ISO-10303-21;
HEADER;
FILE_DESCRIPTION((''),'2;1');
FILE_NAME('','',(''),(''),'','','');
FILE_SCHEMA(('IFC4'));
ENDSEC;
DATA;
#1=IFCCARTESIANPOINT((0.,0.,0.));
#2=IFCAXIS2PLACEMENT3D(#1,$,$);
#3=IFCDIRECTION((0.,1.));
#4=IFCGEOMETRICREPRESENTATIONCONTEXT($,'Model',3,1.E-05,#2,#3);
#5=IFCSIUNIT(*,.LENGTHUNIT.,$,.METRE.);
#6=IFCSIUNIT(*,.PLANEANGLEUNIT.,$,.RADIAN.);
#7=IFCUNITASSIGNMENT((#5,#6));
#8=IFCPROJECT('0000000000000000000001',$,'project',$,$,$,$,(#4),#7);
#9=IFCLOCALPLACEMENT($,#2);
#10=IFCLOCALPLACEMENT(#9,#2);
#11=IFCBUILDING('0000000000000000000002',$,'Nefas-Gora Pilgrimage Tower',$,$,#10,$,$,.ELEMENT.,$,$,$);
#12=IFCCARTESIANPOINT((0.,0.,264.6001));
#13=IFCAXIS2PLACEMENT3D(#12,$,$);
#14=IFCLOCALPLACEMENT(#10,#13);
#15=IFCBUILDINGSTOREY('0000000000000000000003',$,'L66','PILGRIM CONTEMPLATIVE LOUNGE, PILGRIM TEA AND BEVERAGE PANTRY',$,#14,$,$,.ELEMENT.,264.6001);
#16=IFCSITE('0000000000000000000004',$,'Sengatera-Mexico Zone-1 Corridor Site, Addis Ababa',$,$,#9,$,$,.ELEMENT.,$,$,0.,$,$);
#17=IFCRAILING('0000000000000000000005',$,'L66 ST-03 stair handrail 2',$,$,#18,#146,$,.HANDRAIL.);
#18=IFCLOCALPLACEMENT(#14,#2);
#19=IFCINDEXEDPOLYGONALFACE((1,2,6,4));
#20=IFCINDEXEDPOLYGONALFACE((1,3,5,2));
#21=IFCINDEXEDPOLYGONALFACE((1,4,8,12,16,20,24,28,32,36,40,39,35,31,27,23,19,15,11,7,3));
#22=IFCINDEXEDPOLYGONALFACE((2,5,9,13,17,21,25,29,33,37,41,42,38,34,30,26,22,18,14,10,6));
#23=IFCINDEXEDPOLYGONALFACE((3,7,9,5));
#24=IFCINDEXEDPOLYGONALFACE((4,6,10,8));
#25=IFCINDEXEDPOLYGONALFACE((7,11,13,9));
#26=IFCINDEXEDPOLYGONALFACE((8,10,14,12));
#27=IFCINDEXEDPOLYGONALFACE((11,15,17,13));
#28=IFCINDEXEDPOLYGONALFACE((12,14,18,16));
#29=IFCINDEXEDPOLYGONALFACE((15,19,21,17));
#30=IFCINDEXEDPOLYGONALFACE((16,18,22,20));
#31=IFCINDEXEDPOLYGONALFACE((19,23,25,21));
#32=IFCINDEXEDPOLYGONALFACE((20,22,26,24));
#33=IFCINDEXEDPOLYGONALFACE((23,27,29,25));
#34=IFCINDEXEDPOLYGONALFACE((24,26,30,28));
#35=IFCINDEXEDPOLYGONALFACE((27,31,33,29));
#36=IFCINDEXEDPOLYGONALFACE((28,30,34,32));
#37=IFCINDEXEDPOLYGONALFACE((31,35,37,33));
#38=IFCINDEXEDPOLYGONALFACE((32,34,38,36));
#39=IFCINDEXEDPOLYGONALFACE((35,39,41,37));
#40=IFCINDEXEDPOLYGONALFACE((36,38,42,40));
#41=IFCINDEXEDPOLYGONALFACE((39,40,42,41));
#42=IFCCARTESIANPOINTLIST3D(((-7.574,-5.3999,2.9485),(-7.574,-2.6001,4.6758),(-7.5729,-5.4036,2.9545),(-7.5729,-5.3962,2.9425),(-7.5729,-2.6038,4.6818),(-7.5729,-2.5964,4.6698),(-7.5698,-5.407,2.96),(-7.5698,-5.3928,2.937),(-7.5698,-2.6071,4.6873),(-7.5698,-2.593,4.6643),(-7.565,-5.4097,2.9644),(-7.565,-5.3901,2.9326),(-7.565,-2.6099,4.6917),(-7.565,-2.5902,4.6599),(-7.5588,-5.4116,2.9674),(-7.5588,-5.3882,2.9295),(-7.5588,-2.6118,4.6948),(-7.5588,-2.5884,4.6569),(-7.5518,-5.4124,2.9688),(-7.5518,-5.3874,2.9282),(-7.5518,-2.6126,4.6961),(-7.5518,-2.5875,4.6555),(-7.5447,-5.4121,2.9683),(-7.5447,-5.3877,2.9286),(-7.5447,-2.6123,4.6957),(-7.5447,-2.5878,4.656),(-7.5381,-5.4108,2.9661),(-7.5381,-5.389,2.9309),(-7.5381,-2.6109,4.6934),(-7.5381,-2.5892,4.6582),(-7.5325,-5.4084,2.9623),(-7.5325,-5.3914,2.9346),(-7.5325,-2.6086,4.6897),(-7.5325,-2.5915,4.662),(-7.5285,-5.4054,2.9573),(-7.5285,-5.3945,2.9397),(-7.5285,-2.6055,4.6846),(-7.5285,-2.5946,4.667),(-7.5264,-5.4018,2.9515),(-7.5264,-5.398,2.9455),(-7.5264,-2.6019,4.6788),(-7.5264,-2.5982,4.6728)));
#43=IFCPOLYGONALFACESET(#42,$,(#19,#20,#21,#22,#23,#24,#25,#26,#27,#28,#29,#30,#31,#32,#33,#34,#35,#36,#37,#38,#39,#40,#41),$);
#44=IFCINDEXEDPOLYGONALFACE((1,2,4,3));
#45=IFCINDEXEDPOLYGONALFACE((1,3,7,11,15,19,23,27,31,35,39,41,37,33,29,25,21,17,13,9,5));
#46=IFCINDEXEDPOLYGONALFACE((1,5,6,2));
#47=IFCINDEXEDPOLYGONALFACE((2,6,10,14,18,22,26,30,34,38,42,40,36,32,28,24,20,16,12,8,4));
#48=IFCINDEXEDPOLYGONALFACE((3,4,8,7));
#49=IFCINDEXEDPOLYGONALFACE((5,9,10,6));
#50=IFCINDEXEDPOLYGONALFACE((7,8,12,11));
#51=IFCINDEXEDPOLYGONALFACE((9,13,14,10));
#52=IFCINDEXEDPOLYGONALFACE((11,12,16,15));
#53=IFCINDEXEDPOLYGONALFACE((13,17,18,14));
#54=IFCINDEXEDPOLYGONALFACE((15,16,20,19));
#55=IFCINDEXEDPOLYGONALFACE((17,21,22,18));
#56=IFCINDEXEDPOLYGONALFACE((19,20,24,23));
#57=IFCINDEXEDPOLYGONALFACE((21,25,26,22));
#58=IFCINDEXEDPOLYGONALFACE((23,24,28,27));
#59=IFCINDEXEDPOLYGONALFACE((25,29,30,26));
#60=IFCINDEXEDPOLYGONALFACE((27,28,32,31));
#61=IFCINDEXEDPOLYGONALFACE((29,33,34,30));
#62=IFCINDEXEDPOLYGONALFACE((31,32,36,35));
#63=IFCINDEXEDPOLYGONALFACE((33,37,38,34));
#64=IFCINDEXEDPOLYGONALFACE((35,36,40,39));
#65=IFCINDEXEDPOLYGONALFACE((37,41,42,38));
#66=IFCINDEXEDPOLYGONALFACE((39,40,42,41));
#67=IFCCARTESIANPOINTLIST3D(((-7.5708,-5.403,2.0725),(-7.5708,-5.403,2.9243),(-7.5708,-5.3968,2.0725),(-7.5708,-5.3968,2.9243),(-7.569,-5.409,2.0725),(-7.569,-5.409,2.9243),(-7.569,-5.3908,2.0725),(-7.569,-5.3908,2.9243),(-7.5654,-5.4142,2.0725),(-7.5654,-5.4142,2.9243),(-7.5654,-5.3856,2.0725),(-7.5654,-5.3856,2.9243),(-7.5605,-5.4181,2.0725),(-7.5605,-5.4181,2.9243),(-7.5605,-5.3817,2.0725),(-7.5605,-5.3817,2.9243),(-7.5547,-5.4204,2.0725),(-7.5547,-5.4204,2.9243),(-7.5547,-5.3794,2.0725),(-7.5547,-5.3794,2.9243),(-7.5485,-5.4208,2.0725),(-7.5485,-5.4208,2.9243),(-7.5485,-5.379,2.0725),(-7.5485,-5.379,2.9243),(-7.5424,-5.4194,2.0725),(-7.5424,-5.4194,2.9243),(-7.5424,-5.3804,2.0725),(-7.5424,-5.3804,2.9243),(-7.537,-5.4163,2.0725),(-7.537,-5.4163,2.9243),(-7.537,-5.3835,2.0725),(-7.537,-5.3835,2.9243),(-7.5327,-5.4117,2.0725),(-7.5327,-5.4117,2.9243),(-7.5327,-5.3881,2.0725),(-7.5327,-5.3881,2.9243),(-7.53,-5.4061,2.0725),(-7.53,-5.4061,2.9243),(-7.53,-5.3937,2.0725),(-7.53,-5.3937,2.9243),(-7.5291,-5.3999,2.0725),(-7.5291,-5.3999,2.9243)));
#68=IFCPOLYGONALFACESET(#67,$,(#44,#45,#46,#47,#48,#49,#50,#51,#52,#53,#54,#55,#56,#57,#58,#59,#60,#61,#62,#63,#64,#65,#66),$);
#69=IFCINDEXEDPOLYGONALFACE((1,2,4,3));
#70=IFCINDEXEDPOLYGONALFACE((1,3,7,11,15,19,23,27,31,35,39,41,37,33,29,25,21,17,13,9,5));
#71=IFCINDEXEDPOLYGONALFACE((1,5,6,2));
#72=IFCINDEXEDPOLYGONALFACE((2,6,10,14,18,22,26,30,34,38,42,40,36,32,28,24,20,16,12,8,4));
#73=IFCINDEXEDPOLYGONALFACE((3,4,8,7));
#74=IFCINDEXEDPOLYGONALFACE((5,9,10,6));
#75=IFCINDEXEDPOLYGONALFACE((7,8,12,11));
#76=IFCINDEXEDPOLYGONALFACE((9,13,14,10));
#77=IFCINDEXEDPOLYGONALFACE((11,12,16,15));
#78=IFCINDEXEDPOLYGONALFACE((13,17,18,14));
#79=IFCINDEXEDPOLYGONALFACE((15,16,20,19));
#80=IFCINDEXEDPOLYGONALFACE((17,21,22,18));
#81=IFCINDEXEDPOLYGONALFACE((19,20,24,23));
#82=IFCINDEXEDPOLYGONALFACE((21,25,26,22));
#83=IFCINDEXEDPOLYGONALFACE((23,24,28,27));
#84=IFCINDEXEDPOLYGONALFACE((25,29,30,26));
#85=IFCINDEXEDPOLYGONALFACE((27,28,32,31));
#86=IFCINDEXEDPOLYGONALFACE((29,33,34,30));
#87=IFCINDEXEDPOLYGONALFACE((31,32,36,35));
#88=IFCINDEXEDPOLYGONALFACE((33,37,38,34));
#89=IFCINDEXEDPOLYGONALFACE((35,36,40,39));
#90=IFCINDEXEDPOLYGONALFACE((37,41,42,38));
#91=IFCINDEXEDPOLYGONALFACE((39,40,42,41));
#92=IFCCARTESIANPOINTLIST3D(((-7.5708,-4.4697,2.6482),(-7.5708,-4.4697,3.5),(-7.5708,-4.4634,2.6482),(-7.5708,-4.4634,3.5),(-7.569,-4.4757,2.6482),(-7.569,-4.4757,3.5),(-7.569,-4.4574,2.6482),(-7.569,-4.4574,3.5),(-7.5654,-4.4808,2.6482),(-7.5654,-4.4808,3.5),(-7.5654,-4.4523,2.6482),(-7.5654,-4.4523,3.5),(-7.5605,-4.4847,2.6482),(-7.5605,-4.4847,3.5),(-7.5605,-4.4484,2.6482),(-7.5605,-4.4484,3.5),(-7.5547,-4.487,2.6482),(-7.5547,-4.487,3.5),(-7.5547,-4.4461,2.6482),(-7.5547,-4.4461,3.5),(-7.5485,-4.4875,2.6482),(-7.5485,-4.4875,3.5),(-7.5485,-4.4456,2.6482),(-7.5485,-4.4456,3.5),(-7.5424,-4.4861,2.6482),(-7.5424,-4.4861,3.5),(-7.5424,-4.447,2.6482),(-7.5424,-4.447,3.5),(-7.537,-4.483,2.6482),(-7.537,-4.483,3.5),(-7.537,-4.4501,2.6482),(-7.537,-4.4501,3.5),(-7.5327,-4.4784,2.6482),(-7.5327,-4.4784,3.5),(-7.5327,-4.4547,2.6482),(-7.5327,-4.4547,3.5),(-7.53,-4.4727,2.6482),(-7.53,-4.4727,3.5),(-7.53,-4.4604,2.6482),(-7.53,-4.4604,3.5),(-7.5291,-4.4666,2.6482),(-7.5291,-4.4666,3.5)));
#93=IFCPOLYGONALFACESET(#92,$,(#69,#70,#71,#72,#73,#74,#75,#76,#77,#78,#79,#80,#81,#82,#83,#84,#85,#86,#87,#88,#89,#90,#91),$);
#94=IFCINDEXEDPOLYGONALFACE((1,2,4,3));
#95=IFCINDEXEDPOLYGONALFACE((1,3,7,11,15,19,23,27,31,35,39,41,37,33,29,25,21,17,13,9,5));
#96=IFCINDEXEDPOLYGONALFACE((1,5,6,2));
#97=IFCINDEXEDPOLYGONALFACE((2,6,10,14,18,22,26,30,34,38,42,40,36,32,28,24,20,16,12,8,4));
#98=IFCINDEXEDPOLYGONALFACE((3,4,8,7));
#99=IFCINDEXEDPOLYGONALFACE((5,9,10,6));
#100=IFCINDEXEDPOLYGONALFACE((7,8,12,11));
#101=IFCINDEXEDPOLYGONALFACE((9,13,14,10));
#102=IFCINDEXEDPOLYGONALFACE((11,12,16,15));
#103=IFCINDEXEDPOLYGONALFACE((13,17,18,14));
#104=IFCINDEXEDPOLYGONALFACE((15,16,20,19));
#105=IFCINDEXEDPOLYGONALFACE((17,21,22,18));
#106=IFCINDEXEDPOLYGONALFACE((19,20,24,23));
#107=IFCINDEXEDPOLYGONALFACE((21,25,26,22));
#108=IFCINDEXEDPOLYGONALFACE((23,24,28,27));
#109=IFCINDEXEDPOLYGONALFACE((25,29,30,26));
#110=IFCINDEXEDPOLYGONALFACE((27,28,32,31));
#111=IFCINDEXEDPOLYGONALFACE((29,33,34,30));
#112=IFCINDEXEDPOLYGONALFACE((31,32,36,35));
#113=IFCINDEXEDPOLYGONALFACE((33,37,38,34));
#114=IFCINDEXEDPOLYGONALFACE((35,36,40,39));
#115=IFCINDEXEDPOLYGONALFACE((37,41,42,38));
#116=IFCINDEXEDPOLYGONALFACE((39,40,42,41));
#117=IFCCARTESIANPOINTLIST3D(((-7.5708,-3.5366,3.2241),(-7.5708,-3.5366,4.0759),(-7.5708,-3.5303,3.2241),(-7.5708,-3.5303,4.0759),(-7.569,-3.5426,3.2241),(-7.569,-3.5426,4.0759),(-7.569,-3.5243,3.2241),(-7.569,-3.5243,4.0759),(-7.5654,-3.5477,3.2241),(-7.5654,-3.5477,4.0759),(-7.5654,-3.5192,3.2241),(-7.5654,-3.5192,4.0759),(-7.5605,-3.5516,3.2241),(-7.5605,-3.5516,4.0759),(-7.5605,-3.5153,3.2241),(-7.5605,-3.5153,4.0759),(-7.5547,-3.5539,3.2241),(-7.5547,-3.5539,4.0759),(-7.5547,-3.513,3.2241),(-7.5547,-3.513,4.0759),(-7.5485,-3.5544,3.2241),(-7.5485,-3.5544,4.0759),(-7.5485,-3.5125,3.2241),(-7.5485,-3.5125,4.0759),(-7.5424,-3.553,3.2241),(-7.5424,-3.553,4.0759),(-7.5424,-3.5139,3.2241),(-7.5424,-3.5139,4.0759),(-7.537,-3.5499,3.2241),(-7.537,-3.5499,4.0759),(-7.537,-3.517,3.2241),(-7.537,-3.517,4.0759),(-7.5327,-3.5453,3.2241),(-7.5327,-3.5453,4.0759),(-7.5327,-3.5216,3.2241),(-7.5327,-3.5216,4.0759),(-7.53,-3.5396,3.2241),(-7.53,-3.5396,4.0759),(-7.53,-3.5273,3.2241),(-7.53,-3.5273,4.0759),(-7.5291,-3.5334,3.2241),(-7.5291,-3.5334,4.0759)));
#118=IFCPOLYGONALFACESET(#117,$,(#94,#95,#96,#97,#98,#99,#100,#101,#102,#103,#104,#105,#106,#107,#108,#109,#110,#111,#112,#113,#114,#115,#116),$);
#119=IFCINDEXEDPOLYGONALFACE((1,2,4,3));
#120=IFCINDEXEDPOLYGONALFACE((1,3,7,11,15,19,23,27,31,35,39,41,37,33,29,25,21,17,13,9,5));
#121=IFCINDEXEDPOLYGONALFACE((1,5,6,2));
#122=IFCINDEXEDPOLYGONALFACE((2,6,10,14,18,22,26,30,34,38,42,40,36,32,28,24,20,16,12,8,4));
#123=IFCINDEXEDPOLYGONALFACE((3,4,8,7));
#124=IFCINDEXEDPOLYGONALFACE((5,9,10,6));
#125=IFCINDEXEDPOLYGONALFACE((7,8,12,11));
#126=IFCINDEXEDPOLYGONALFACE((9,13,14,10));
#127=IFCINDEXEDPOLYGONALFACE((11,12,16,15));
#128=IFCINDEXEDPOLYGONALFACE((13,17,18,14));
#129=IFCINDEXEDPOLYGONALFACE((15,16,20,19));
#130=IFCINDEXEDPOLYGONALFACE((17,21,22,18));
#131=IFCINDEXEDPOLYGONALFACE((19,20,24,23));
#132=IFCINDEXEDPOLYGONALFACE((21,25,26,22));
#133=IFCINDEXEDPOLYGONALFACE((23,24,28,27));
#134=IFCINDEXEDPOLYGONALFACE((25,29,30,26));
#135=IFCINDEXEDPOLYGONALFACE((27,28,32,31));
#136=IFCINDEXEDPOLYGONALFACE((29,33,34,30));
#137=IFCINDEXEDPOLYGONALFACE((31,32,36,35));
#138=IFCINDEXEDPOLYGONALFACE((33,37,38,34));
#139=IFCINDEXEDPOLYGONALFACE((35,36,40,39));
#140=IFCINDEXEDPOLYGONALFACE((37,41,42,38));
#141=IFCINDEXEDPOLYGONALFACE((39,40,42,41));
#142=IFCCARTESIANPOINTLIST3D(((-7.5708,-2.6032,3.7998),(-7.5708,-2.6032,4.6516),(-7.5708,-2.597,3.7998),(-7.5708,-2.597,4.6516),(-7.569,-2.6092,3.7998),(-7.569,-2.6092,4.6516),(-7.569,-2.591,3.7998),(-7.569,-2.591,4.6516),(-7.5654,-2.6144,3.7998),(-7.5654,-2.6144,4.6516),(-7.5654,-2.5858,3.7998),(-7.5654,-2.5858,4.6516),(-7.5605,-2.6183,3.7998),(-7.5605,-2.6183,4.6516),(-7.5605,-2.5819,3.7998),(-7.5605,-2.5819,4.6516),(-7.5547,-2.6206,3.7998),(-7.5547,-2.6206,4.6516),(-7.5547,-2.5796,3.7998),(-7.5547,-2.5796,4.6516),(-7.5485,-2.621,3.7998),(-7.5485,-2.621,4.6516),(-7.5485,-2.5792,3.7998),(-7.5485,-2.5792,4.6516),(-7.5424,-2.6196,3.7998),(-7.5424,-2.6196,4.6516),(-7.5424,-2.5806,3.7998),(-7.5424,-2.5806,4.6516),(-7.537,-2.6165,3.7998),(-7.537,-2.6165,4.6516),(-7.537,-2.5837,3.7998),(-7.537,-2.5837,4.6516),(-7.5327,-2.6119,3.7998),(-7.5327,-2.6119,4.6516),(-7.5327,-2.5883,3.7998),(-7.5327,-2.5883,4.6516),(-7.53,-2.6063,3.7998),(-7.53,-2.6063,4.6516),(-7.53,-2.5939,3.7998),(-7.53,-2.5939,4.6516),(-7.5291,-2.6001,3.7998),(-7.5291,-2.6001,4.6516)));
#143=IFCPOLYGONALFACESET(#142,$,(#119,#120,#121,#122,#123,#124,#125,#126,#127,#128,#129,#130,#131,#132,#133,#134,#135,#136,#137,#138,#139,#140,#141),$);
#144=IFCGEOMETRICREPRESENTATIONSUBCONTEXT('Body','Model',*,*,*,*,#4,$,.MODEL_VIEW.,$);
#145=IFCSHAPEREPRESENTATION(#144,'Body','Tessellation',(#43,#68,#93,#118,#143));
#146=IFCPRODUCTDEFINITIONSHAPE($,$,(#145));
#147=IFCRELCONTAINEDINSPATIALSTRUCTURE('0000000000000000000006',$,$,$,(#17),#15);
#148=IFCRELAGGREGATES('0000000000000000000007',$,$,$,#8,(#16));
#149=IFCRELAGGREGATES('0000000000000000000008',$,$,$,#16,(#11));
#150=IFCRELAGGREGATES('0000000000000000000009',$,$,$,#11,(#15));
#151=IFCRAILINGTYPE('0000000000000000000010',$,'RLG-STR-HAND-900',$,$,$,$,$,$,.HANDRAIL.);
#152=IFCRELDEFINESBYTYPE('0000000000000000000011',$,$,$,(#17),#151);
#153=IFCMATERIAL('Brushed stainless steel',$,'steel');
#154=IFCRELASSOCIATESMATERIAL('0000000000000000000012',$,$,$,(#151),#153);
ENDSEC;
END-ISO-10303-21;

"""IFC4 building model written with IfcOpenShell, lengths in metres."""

from ifc_helpers import new_model, si_unit, direction, frame, origin, origin_2d, place, context, subcontext, project, spatial, circle, extrude, material, type_object, element, save


model = new_model("IFC4")

# Units and contexts
model_context = context("Model", 3, precision=1e-05, world=origin(), true_north=direction((0.0, 1.0)))
body_context = subcontext(model_context, "Body", "Model", "MODEL_VIEW")
ifc_project = project(units=[si_unit("LENGTHUNIT", "METRE"), si_unit("PLANEANGLEUNIT", "RADIAN")], contexts=[model_context])

# Site, building, storey
site_placement = place(None, origin())
site = spatial("IfcSite", under=ifc_project, at=site_placement, Name="Sengatera-Mexico Zone-1 Corridor Site, Addis Ababa", CompositionType="ELEMENT", RefElevation=0.0)
building_placement = place(site_placement, origin())
building = spatial("IfcBuilding", under=site, at=building_placement, Name="Nefas-Gora Pilgrimage Tower", CompositionType="ELEMENT")
storey_placement = place(building_placement, frame((0.0, 0.0, 264.6001)))
storey = spatial("IfcBuildingStorey", under=building, at=storey_placement, Name="L66", Description="PILGRIM CONTEMPLATIVE LOUNGE, PILGRIM TEA AND BEVERAGE PANTRY", CompositionType="ELEMENT", Elevation=264.6001)

# Railing
ifc_material_1 = material(Name="Brushed stainless steel", Category="steel")
railing_type_1 = type_object("IfcRailingType", Name="RLG-STR-HAND-900", PredefinedType="HANDRAIL", material=ifc_material_1)
railing_1_placement = place(storey_placement, frame((-7.55, -5.3999, 2.0725)))
element("IfcRailing", 1, at=railing_1_placement, inside=storey, type_object=railing_type_1, Name="L66 ST-03 stair handrail 2", PredefinedType="HANDRAIL", context=body_context, shape_type="SweptSolid", body=[
    extrude(circle(Radius=0.0239, at=origin_2d()), frame((0.0, 0.0, 0.876), z_axis=(0.0, 0.851069, 0.525054), x_axis=(-1.0, 0.0, 0.0)), (0.0, 0.0, 1.0), 3.2898),
    extrude(circle(Radius=0.021, at=origin_2d()), origin(), (0.0, 0.0, 1.0), 0.8518),
    extrude(circle(Radius=0.021, at=origin_2d()), frame((0.0, 0.9333, 0.5757)), (0.0, 0.0, 1.0), 0.8518),
    extrude(circle(Radius=0.021, at=origin_2d()), frame((0.0, 1.8665, 1.1516)), (0.0, 0.0, 1.0), 0.8518),
    extrude(circle(Radius=0.021, at=origin_2d()), frame((0.0, 2.7998, 1.7273)), (0.0, 0.0, 1.0), 0.8518),
])

save(model, "model.ifc")
